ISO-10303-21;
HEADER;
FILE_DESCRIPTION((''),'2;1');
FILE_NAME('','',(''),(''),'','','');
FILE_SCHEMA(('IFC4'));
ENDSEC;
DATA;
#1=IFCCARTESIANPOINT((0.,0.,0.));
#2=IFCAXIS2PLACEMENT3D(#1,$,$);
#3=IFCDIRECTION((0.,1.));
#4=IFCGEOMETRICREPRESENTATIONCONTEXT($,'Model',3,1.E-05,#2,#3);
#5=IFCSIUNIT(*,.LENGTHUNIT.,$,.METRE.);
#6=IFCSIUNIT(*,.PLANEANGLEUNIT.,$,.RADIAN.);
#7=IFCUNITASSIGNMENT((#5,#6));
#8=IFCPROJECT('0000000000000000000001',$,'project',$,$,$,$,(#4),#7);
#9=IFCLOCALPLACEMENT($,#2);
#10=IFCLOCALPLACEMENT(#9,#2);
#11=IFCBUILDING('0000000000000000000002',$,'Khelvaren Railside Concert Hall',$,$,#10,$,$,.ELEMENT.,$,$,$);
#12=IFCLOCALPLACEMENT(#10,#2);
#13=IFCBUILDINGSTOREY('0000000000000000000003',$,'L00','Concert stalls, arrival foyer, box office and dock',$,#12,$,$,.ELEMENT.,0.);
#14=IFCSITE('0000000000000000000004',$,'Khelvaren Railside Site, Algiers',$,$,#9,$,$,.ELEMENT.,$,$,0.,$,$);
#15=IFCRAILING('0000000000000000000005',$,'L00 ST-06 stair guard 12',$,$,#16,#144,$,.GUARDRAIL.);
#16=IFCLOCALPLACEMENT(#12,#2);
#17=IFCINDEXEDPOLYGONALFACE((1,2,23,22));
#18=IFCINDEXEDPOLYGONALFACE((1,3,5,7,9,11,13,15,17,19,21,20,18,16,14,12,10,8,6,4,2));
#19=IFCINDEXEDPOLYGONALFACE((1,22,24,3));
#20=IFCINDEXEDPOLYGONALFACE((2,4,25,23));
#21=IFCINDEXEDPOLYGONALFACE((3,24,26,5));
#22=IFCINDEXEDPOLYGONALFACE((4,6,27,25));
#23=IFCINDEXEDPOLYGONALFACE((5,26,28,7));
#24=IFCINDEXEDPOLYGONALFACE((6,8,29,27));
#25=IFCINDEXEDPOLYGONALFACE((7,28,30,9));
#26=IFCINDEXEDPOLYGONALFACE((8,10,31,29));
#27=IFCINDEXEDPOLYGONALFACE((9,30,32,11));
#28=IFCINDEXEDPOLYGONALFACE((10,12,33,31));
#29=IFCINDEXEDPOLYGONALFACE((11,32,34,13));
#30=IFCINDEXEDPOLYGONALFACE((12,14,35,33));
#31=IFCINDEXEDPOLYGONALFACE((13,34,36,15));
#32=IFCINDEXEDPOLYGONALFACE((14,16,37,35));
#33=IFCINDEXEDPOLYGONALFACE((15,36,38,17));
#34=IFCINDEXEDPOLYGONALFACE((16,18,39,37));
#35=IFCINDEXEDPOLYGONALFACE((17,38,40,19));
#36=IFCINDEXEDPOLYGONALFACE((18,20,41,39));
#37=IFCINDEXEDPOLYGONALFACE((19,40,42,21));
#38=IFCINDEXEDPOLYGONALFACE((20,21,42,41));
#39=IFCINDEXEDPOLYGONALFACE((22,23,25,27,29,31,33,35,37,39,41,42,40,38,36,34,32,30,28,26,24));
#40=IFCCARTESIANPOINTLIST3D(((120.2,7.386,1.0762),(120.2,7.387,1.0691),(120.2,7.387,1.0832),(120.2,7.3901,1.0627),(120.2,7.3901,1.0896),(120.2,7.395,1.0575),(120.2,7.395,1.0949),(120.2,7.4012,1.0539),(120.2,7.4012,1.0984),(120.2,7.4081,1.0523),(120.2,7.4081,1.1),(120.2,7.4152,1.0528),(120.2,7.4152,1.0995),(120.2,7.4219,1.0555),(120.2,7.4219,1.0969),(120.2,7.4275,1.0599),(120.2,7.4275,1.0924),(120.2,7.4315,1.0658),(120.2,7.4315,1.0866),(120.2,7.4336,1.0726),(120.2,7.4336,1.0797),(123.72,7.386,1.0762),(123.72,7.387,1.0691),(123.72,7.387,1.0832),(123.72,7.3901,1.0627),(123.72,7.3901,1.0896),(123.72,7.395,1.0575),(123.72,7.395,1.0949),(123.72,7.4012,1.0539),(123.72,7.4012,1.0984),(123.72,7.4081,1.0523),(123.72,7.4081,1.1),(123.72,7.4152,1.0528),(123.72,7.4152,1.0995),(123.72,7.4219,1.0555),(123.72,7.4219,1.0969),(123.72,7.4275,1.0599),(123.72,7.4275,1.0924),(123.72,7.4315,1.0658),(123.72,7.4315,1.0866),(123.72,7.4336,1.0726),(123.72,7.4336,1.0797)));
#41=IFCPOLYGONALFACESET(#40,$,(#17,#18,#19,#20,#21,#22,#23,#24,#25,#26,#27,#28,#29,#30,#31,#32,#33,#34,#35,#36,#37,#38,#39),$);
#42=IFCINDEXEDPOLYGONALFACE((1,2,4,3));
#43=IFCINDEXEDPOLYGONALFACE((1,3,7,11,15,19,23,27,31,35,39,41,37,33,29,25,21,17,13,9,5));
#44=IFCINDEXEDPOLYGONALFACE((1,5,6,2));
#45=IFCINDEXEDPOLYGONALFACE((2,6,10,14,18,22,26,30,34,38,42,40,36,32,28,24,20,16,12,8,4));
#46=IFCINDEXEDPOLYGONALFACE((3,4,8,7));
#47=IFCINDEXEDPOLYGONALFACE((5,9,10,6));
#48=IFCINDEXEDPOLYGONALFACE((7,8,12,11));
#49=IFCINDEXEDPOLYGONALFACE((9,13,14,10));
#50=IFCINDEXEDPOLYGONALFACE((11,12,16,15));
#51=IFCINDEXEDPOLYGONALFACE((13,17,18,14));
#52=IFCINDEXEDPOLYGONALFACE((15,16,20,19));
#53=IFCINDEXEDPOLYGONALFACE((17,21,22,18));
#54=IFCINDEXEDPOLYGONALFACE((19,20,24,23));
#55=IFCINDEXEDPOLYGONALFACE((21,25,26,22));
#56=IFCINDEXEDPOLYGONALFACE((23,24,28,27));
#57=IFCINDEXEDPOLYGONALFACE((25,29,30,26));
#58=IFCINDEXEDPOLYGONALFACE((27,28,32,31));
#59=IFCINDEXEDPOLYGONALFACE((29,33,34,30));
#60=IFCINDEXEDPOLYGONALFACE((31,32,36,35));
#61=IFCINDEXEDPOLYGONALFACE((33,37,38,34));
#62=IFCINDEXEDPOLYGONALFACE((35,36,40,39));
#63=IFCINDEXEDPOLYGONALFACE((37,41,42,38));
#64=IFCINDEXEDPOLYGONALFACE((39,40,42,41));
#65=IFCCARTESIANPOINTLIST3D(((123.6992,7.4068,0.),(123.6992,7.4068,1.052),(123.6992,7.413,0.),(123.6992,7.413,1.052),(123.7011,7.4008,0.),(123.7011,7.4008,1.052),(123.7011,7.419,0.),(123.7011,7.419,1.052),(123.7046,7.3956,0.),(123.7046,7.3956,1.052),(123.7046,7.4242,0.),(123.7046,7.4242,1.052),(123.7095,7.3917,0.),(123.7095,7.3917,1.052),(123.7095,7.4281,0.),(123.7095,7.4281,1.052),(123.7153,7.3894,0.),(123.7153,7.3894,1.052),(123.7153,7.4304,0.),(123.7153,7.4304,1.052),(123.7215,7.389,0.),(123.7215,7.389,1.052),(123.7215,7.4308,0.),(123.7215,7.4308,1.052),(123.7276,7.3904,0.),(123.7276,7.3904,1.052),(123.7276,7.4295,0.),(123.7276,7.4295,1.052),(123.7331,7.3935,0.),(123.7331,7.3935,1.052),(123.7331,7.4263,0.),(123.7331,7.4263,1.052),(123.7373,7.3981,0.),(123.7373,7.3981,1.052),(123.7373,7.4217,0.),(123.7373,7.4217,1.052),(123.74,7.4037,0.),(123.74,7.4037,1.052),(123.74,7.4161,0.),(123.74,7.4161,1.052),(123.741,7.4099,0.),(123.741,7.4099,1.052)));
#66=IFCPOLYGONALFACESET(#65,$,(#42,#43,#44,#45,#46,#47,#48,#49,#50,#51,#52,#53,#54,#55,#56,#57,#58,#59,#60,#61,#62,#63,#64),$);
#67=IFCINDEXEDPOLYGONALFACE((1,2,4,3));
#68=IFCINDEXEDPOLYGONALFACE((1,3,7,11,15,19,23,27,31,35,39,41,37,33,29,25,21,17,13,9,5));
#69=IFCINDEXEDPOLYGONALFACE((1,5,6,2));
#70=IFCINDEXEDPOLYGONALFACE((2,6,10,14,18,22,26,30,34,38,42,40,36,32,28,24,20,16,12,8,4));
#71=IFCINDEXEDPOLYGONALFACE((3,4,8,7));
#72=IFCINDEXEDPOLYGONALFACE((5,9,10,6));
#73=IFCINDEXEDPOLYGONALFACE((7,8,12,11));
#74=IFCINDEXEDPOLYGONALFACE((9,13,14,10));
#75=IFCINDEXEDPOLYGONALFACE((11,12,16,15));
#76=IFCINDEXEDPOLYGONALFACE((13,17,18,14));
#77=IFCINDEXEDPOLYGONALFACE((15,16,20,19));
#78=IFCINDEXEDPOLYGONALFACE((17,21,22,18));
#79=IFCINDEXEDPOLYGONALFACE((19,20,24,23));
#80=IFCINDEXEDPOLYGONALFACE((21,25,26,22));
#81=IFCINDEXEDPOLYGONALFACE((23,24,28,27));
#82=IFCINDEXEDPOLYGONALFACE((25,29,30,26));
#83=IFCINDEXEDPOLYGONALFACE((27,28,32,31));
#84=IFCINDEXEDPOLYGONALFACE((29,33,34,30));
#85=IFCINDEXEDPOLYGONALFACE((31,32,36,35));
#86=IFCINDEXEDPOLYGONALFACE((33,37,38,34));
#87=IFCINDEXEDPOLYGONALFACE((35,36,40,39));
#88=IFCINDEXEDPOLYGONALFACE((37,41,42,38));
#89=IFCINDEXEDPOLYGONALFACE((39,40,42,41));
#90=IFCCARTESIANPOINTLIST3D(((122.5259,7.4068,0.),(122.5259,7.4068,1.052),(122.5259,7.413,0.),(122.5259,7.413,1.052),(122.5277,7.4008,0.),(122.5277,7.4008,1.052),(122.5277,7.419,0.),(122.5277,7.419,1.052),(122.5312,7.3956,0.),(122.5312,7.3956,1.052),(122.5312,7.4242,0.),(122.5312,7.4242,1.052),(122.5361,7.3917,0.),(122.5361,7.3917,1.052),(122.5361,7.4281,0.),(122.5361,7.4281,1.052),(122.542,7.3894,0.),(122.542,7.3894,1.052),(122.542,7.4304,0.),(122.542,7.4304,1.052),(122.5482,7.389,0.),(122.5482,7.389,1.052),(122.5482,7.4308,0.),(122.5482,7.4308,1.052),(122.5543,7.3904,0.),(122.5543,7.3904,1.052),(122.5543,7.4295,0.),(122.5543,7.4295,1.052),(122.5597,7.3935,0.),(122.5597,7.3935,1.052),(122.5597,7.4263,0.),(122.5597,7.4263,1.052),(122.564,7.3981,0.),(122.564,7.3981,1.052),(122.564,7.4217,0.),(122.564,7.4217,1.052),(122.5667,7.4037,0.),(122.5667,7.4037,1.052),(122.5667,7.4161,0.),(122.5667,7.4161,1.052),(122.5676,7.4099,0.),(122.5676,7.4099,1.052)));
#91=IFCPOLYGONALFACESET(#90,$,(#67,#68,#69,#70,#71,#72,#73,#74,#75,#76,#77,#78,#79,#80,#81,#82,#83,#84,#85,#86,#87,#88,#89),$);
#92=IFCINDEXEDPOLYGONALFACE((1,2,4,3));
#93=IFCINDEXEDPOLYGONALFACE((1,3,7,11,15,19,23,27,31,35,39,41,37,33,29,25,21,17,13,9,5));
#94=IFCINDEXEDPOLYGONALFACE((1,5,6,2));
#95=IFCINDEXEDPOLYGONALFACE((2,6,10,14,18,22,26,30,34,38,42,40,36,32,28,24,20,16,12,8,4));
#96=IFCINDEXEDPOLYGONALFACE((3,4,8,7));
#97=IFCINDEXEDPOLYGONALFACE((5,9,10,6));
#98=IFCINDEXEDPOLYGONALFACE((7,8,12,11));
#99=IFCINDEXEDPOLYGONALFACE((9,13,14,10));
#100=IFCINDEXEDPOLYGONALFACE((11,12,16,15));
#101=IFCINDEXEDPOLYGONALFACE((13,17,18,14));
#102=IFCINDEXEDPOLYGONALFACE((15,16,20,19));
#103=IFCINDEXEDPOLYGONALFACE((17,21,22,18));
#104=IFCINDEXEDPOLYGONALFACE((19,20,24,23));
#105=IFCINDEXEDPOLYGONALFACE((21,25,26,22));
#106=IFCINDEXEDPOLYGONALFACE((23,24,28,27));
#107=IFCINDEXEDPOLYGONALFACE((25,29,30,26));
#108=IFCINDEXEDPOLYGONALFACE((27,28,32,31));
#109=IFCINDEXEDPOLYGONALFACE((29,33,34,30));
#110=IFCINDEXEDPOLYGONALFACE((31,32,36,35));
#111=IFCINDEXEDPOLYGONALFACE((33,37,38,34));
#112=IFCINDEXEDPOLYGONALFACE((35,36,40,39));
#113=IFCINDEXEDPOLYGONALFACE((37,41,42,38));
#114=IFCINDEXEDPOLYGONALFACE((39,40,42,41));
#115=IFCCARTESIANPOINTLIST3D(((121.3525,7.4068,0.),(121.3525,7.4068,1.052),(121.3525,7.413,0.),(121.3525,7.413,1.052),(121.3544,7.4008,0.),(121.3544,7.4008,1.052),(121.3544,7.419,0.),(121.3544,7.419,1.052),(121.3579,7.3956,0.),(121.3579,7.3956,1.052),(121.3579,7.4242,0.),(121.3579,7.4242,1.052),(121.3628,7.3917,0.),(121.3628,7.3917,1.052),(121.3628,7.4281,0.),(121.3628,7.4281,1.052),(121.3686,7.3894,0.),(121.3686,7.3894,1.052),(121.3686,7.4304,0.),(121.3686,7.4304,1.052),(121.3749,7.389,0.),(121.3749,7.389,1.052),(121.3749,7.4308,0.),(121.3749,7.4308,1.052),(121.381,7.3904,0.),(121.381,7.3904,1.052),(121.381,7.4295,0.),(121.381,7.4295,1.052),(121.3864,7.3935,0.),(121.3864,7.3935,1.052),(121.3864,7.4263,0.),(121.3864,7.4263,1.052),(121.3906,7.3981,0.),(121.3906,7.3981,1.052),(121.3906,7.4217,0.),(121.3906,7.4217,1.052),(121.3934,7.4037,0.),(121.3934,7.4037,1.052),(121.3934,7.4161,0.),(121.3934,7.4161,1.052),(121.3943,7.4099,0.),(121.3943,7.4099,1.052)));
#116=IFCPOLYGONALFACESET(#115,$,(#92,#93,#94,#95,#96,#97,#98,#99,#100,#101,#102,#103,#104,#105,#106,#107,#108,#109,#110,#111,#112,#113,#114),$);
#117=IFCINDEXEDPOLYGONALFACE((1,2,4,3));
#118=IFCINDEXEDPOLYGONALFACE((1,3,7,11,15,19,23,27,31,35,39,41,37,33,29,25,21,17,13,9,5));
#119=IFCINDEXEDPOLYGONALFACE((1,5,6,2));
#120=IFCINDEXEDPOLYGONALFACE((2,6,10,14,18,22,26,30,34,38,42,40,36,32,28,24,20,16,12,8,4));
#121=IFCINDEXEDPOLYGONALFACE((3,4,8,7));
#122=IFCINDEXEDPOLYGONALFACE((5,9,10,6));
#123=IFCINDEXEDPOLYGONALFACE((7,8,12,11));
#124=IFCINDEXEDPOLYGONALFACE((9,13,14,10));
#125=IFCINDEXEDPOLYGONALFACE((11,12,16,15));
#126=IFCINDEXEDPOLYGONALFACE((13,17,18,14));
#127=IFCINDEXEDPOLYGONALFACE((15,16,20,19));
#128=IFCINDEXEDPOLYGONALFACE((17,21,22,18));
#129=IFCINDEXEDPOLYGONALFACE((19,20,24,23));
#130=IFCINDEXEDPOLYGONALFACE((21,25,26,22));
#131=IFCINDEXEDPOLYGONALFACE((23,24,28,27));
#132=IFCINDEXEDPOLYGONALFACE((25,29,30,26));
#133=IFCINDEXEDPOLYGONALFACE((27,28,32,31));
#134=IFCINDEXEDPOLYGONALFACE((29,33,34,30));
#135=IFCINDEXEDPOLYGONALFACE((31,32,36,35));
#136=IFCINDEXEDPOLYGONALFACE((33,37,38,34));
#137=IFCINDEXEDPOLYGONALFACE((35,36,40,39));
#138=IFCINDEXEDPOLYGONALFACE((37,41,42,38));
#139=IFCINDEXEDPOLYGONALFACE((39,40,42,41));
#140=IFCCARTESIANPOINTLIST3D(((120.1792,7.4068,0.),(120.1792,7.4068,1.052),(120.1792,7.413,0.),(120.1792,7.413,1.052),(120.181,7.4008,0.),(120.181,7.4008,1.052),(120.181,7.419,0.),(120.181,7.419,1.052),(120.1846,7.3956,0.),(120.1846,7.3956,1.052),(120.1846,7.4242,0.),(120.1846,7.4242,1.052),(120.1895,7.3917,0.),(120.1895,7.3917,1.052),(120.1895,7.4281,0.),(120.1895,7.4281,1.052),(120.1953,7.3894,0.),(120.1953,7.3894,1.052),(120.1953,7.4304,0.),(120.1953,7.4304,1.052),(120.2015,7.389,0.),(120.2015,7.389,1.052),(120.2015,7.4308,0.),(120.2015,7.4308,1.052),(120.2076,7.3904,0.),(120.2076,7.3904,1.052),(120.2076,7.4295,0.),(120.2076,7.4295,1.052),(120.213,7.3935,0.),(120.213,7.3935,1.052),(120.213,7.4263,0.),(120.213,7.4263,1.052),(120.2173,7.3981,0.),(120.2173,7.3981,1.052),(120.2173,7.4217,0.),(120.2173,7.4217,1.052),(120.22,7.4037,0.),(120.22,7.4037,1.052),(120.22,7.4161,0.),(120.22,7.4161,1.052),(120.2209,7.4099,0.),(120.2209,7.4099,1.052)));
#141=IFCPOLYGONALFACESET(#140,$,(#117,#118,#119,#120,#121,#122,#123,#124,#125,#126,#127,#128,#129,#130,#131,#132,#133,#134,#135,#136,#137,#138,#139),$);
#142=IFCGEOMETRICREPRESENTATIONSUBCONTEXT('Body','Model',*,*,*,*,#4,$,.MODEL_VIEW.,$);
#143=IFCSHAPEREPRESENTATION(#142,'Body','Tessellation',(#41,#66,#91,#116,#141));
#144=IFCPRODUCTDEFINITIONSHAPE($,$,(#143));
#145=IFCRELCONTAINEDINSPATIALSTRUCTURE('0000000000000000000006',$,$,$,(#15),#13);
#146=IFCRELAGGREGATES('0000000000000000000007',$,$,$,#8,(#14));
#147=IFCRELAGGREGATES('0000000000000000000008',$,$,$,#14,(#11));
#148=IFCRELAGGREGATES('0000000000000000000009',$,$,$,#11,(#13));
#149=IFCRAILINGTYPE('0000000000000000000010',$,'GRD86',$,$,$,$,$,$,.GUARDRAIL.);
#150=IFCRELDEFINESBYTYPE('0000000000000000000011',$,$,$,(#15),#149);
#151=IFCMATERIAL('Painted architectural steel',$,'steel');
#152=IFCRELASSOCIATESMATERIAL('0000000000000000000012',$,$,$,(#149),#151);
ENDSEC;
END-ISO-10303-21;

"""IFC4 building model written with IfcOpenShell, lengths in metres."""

from ifc_helpers import new_model, si_unit, direction, frame, origin, origin_2d, place, context, subcontext, project, spatial, circle, extrude, material, type_object, element, save


model = new_model("IFC4")

# Units and contexts
model_context = context("Model", 3, precision=1e-05, world=origin(), true_north=direction((0.0, 1.0)))
body_context = subcontext(model_context, "Body", "Model", "MODEL_VIEW")
ifc_project = project(units=[si_unit("LENGTHUNIT", "METRE"), si_unit("PLANEANGLEUNIT", "RADIAN")], contexts=[model_context])

# Site, building, storey
site_placement = place(None, origin())
site = spatial("IfcSite", under=ifc_project, at=site_placement, Name="Khelvaren Railside Site, Algiers", CompositionType="ELEMENT", RefElevation=0.0)
building_placement = place(site_placement, origin())
building = spatial("IfcBuilding", under=site, at=building_placement, Name="Khelvaren Railside Concert Hall", CompositionType="ELEMENT")
storey_placement = place(building_placement, origin())
storey = spatial("IfcBuildingStorey", under=building, at=storey_placement, Name="L00", Description="Concert stalls, arrival foyer, box office and dock", CompositionType="ELEMENT", Elevation=0.0)

# Railing
ifc_material_1 = material(Name="Painted architectural steel", Category="steel")
railing_type = type_object("IfcRailingType", Name="GRD86", PredefinedType="GUARDRAIL", material=ifc_material_1)
railing_1_placement = place(storey_placement, frame((123.72, 7.4099, 0.0)))
element("IfcRailing", 1, at=railing_1_placement, inside=storey, type_object=railing_type, Name="L00 ST-06 stair guard 12", PredefinedType="GUARDRAIL", context=body_context, shape_type="SweptSolid", body=[
    extrude(circle(Radius=0.0239, at=origin_2d()), frame((0.0, 0.0, 1.0762), z_axis=(-1.0, 0.0, 0.0), x_axis=(0.0, -1.0, 0.0)), (0.0, 0.0, 1.0), 3.52),
    extrude(circle(Radius=0.021, at=origin_2d()), origin(), (0.0, 0.0, 1.0), 1.052),
    extrude(circle(Radius=0.021, at=origin_2d()), frame((-1.1733, 0.0, 0.0)), (0.0, 0.0, 1.0), 1.052),
    extrude(circle(Radius=0.021, at=origin_2d()), frame((-2.3467, 0.0, 0.0)), (0.0, 0.0, 1.0), 1.052),
    extrude(circle(Radius=0.021, at=origin_2d()), frame((-3.52, 0.0, 0.0)), (0.0, 0.0, 1.0), 1.052),
])

save(model, "model.ifc")
